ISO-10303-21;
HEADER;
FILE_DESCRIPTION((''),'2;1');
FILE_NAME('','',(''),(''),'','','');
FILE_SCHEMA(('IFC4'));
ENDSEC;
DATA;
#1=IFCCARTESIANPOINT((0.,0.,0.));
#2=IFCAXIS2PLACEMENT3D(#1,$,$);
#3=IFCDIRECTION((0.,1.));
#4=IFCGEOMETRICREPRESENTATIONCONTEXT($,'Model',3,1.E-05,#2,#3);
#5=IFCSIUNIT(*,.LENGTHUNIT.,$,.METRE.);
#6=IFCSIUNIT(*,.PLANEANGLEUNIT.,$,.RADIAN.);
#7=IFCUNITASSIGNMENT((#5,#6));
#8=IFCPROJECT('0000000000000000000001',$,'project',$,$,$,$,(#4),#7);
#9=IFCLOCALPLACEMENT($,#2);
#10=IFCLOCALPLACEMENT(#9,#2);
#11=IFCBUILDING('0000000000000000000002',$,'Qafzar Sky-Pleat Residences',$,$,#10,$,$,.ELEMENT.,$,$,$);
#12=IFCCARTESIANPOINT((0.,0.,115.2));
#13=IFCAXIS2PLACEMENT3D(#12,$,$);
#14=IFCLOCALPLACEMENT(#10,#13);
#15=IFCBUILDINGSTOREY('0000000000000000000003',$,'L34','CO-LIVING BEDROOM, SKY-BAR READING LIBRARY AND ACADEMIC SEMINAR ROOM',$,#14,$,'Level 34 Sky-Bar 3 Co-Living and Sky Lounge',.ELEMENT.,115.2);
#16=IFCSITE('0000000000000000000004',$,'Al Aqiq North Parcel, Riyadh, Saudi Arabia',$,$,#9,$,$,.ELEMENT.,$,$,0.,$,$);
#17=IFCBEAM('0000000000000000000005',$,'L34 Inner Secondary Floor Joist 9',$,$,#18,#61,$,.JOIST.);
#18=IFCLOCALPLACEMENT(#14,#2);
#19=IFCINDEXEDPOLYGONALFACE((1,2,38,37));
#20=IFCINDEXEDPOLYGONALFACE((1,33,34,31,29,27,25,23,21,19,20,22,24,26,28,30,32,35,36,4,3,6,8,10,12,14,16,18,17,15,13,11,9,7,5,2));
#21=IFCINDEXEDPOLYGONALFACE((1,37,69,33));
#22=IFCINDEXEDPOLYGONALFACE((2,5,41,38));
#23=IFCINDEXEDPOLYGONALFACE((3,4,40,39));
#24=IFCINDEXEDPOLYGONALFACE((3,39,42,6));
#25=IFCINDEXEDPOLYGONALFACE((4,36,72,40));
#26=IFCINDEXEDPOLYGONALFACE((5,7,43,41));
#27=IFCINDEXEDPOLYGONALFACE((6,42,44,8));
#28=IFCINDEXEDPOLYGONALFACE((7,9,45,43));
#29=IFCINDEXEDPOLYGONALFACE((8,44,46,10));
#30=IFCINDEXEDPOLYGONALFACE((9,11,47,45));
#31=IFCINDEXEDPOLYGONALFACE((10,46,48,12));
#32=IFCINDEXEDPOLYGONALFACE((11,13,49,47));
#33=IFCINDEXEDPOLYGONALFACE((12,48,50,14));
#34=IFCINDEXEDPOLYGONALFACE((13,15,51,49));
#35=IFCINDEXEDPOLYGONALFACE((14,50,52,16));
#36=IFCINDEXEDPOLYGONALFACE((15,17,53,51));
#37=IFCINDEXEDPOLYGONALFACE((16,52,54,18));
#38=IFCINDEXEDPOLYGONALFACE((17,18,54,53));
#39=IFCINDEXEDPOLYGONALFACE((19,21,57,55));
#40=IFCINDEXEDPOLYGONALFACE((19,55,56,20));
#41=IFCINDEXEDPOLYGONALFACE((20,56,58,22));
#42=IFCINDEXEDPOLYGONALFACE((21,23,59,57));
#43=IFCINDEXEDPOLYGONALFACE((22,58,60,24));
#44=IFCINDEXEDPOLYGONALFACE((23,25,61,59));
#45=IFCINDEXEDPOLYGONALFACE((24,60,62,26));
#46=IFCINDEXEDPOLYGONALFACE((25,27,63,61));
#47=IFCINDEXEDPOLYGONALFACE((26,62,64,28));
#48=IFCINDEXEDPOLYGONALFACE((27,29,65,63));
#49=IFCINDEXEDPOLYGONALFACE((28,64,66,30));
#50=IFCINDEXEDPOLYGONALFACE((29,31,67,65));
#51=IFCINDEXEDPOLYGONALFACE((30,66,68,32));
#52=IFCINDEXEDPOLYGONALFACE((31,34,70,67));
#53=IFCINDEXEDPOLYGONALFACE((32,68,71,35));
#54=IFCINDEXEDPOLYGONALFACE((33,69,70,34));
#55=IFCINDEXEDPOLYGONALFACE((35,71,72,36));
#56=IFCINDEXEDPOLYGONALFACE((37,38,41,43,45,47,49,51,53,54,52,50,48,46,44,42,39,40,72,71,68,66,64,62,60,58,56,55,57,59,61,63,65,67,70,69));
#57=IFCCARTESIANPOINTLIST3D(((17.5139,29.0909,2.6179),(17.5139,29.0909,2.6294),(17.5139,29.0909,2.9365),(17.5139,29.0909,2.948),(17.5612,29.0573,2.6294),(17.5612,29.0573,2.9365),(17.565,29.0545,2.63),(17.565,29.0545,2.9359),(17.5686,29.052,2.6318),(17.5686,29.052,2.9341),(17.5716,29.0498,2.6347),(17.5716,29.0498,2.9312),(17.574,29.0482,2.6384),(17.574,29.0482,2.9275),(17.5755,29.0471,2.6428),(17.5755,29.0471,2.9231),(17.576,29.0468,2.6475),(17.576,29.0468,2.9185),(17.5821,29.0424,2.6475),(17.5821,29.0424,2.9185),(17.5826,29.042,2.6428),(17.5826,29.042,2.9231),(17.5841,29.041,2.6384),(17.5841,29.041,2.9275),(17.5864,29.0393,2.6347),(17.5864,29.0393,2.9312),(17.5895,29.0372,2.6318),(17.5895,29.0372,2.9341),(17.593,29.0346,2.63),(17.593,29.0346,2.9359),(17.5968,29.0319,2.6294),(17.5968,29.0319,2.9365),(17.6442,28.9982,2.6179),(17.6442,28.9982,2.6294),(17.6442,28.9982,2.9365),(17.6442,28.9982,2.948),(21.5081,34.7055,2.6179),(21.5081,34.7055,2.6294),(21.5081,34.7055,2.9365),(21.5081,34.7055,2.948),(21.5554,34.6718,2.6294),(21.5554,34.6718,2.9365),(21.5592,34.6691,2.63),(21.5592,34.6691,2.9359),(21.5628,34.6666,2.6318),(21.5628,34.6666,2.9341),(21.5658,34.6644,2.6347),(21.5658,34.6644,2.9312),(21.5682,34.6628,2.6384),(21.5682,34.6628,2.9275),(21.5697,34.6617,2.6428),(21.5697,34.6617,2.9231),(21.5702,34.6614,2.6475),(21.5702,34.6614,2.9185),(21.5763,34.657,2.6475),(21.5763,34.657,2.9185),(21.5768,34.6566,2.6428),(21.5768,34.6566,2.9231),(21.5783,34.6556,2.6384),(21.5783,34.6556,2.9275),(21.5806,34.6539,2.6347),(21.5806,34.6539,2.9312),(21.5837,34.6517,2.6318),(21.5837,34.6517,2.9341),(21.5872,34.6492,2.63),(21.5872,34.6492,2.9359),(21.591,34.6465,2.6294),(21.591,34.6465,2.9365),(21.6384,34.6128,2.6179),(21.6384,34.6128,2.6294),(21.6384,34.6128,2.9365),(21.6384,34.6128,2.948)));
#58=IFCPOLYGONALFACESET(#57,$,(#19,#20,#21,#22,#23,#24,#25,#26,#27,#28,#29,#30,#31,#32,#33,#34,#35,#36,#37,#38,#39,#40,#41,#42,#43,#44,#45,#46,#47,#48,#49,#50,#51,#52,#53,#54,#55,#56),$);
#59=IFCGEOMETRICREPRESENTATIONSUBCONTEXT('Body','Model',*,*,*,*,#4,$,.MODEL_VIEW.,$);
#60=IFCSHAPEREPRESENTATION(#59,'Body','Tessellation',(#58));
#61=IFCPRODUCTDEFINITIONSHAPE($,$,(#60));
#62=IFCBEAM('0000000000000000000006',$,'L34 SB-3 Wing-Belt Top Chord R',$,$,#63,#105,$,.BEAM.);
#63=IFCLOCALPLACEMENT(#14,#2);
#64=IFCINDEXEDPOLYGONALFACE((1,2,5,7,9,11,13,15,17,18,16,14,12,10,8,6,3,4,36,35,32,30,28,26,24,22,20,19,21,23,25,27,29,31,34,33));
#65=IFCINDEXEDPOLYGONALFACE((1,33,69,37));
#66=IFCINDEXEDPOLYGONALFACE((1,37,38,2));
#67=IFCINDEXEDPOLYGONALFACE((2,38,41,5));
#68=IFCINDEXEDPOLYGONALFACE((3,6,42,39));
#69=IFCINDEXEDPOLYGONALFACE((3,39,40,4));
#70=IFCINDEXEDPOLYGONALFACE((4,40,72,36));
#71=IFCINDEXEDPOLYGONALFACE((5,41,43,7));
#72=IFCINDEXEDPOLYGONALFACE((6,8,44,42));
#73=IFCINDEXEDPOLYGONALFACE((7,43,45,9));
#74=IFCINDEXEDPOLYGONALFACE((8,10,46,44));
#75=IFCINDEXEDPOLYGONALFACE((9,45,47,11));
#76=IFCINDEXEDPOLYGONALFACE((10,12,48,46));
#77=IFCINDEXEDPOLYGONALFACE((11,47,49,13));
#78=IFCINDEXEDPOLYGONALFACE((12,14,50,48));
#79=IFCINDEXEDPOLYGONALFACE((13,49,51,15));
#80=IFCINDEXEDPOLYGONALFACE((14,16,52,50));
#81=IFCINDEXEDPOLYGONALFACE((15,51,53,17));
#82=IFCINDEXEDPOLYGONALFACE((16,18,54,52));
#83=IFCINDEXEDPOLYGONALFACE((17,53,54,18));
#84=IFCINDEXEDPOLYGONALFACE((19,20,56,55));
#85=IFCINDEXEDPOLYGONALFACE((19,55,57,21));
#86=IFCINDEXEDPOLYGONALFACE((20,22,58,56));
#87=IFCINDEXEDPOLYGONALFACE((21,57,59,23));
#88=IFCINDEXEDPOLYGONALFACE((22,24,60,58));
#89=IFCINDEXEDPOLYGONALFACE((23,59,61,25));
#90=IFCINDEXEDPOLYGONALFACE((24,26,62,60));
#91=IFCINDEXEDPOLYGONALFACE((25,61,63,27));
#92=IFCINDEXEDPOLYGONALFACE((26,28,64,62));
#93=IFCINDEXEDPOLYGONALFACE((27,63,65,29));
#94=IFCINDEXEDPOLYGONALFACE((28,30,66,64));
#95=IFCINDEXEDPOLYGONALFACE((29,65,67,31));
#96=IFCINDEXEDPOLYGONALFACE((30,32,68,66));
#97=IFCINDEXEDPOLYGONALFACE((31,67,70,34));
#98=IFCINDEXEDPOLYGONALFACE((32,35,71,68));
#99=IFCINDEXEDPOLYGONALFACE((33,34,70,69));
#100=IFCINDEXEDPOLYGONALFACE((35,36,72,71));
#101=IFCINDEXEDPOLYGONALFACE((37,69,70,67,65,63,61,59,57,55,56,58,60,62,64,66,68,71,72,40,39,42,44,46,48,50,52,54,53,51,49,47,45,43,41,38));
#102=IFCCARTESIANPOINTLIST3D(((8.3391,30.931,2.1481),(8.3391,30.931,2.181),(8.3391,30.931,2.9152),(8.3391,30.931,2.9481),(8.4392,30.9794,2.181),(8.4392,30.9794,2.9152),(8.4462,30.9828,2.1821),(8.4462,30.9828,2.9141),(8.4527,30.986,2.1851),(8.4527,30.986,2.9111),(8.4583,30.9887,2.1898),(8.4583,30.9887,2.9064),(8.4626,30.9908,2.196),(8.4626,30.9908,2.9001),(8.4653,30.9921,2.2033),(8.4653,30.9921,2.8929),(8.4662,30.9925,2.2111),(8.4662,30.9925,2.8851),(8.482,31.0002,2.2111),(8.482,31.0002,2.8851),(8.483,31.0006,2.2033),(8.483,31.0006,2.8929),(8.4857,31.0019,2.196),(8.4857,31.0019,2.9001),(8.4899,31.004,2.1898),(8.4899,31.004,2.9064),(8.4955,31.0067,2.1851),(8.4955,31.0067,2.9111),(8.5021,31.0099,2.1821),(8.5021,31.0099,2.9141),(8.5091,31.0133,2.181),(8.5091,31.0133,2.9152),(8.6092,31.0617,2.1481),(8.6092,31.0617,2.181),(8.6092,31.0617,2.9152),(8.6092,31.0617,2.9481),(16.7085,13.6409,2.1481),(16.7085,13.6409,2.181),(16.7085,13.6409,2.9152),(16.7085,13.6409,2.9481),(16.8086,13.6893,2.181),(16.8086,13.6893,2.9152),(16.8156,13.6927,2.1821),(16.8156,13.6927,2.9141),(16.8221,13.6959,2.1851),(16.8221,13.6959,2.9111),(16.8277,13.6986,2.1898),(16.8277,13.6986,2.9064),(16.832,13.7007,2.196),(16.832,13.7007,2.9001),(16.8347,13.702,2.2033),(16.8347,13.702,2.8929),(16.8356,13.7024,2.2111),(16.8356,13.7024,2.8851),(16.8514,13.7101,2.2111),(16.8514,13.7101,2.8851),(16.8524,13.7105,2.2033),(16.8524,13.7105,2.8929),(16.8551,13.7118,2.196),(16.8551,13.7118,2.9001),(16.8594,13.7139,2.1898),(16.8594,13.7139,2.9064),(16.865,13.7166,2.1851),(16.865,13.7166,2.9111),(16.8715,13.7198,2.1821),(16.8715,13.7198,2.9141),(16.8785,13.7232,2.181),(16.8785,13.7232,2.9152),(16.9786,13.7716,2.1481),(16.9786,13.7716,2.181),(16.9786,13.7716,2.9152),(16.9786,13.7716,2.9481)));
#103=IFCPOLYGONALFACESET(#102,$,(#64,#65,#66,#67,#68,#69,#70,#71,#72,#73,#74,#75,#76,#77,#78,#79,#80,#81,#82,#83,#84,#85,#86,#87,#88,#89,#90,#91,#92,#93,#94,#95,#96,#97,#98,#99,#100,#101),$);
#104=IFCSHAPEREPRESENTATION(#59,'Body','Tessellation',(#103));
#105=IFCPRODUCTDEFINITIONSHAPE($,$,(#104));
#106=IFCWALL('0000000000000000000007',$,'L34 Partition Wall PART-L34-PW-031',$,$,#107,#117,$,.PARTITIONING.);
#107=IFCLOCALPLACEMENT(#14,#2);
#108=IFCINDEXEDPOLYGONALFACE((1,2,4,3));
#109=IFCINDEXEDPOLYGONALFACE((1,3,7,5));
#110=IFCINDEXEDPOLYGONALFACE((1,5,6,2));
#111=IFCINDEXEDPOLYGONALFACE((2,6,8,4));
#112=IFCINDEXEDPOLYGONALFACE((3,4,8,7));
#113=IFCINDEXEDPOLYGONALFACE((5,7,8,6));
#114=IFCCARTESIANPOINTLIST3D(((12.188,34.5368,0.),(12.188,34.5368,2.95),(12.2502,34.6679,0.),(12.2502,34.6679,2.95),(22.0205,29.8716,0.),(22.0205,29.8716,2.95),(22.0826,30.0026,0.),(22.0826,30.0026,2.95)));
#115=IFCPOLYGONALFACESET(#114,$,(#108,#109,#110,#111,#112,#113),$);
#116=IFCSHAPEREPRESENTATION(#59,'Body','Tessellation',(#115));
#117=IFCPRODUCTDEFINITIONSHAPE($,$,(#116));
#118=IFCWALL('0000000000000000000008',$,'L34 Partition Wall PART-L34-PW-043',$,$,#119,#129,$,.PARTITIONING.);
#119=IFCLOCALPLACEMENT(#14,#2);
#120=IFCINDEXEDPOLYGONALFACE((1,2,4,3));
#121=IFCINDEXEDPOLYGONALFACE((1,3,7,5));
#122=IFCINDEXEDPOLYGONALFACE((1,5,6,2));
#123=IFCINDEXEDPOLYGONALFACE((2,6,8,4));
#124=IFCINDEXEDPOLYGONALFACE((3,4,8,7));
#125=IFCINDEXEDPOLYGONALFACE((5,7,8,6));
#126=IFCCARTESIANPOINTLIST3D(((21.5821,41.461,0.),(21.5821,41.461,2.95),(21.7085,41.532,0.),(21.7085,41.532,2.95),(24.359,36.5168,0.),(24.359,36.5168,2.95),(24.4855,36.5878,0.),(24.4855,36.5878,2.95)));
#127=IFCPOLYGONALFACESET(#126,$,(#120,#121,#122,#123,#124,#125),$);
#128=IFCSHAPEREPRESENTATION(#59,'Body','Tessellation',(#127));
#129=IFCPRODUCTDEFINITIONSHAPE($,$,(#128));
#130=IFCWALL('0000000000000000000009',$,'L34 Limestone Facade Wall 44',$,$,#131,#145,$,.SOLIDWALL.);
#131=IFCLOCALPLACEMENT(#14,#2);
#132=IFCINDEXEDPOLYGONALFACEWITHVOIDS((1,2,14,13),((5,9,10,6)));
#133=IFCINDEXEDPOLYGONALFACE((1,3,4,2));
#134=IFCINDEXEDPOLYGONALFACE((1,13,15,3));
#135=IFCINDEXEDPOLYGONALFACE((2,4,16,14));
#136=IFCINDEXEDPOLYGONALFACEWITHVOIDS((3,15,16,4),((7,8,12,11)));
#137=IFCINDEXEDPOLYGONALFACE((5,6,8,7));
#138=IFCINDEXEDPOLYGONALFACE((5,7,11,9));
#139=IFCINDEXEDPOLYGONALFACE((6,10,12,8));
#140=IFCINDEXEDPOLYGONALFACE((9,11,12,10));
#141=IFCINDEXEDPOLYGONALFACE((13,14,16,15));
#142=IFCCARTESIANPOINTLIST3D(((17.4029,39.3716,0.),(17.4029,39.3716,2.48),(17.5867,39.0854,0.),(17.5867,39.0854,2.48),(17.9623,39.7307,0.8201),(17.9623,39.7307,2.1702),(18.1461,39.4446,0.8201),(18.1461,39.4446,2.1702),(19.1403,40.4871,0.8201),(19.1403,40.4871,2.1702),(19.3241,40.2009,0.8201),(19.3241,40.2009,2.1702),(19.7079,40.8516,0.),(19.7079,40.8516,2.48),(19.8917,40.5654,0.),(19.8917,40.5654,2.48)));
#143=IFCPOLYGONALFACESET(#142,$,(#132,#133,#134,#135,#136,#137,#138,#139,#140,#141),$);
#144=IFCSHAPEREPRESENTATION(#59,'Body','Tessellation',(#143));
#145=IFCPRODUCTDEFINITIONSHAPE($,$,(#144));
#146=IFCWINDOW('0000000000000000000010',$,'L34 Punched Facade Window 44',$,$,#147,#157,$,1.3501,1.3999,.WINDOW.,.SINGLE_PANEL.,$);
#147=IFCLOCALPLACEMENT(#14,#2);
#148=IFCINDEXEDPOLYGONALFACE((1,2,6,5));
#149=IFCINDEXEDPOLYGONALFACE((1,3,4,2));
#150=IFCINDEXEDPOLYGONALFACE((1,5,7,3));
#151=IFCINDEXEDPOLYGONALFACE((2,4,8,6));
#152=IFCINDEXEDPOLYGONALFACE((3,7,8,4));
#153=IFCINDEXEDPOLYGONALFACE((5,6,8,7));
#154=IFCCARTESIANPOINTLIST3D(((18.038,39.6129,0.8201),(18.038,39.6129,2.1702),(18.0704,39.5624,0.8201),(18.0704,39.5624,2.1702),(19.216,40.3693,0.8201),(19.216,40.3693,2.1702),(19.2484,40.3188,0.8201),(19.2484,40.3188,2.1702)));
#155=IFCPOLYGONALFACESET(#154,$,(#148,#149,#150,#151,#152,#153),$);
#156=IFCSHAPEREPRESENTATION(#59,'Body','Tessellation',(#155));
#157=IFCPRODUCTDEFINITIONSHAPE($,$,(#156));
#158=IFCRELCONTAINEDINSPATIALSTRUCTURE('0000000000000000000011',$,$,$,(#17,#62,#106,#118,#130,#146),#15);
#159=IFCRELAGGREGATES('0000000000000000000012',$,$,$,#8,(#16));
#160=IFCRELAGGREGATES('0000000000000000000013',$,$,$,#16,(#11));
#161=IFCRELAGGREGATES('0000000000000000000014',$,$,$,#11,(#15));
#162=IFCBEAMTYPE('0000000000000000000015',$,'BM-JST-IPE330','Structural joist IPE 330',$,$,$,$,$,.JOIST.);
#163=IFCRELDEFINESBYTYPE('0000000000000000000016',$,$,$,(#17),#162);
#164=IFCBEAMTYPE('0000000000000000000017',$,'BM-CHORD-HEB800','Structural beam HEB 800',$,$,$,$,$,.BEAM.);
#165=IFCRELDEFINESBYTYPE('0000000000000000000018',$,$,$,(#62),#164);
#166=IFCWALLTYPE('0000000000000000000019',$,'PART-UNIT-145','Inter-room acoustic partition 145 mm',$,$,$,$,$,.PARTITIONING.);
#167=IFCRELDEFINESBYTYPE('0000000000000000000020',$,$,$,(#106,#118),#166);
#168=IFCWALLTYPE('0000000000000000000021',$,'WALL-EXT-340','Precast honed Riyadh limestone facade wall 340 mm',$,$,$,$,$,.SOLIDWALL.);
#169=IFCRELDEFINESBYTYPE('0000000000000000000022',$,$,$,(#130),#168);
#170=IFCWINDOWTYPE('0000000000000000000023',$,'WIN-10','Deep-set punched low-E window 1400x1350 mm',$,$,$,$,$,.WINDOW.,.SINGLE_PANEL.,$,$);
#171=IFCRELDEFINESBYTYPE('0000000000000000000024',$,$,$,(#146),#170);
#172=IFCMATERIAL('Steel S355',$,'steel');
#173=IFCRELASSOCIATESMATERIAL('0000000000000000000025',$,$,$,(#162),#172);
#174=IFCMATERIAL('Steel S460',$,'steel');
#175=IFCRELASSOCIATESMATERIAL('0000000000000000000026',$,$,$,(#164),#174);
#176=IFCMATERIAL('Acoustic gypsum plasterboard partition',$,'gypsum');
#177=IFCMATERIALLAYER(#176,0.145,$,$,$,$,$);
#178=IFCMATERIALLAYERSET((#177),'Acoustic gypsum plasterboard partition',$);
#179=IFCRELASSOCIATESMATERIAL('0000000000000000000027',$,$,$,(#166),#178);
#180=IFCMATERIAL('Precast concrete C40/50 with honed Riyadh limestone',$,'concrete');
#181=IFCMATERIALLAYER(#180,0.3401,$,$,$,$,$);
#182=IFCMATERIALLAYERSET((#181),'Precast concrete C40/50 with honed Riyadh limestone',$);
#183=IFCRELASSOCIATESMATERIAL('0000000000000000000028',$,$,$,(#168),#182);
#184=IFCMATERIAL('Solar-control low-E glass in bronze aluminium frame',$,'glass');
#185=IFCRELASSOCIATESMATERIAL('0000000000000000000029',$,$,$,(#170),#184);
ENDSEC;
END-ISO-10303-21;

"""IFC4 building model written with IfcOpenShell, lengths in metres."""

from ifc_helpers import new_model, si_unit, direction, frame, frame_2d, origin, origin_2d, place, context, subcontext, project, spatial, rectangle, i_section, extrude, source, transform, mapped, material, layer, layer_set, material_profile, profile_set, type_object, element, fill, save


model = new_model("IFC4")

# Units and contexts
model_context = context("Model", 3, precision=1e-05, world=origin(), true_north=direction((0.0, 1.0)))
body_context = subcontext(model_context, "Body", "Model", "MODEL_VIEW")
ifc_project = project(units=[si_unit("LENGTHUNIT", "METRE"), si_unit("PLANEANGLEUNIT", "RADIAN")], contexts=[model_context])

# Site, building, storey
site_placement = place(None, origin())
site = spatial("IfcSite", under=ifc_project, at=site_placement, Name="Al Aqiq North Parcel, Riyadh, Saudi Arabia", CompositionType="ELEMENT", RefElevation=0.0)
building_placement = place(site_placement, origin())
building = spatial("IfcBuilding", under=site, at=building_placement, Name="Qafzar Sky-Pleat Residences", CompositionType="ELEMENT")
storey_placement = place(building_placement, frame((0.0, 0.0, 115.2)))
storey = spatial("IfcBuildingStorey", under=building, at=storey_placement, Name="L34", Description="CO-LIVING BEDROOM, SKY-BAR READING LIBRARY AND ACADEMIC SEMINAR ROOM", LongName="Level 34 Sky-Bar 3 Co-Living and Sky Lounge", CompositionType="ELEMENT", Elevation=115.2)

# Shared definitions
ifc_material_1 = material(Name="Steel S460", Category="steel")

# Beams
ifc_material_2 = material(Name="Steel S355", Category="steel")
ifc_material_profile_1 = material_profile(ifc_material_2, i_section(OverallWidth=0.1599, OverallDepth=0.3301, WebThickness=0.0076, FlangeThickness=0.0115, FilletRadius=0.0181, at=origin_2d()), Name="IPE 330")
ifc_profile_set_1 = profile_set([ifc_material_profile_1], Name="Steel S355")
beam_type_1 = type_object("IfcBeamType", Name="BM-JST-IPE330", Description="Structural joist IPE 330", PredefinedType="JOIST", material=ifc_profile_set_1)
shared_shape_1 = source(origin(), body_context, "Body", "SweptSolid", [
    extrude(i_section(OverallWidth=0.1599, OverallDepth=0.3301, WebThickness=0.0076, FlangeThickness=0.0115, FilletRadius=0.0181, at=origin_2d()), origin(), (0.0, 0.0, 1.0), 6.8904),
])
beam_1_placement = place(storey_placement, frame((21.5732, 34.6592, 2.783), z_axis=(-0.579679, -0.814845, 0.0), x_axis=(0.814845, -0.579679, 0.0)))
element("IfcBeam", 1, at=beam_1_placement, inside=storey, type_object=beam_type_1, Name="L34 Inner Secondary Floor Joist 9", PredefinedType="JOIST", context=body_context, shape_type="MappedRepresentation", body=[
    mapped(shared_shape_1, transform((0.0, 0.0, 0.0), x_axis=(1.0, 0.0, 0.0), y_axis=(0.0, 1.0, 0.0), z_axis=(0.0, 0.0, 1.0), scale=1.0)),
])
ifc_material_profile_2 = material_profile(ifc_material_1, i_section(OverallWidth=0.3, OverallDepth=0.8, WebThickness=0.0176, FlangeThickness=0.033, FilletRadius=0.03, at=origin_2d()), Name="HEB 800")
ifc_profile_set_2 = profile_set([ifc_material_profile_2], Name="Steel S460")
beam_type_2 = type_object("IfcBeamType", Name="BM-CHORD-HEB800", Description="Structural beam HEB 800", PredefinedType="BEAM", material=ifc_profile_set_2)
shared_shape_2 = source(origin(), body_context, "Body", "SweptSolid", [
    extrude(i_section(OverallWidth=0.3, OverallDepth=0.8, WebThickness=0.0176, FlangeThickness=0.033, FilletRadius=0.03, at=origin_2d()), origin(), (0.0, 0.0, 1.0), 19.2092),
])
beam_2_placement = place(storey_placement, frame((8.4741, 30.9963, 2.5481), z_axis=(0.435697, -0.900093, 0.0), x_axis=(0.900093, 0.435697, 0.0)))
element("IfcBeam", 2, at=beam_2_placement, inside=storey, type_object=beam_type_2, Name="L34 SB-3 Wing-Belt Top Chord R", PredefinedType="BEAM", context=body_context, shape_type="MappedRepresentation", body=[
    mapped(shared_shape_2, transform((0.0, 0.0, 0.0), x_axis=(1.0, 0.0, 0.0), y_axis=(0.0, 1.0, 0.0), z_axis=(0.0, 0.0, 1.0), scale=1.0)),
])

# Walls
ifc_material_3 = material(Name="Acoustic gypsum plasterboard partition", Category="gypsum")
ifc_layer_1 = layer(ifc_material_3, 0.145)
ifc_layer_set_1 = layer_set([ifc_layer_1], Name="Acoustic gypsum plasterboard partition")
wall_type_1 = type_object("IfcWallType", Name="PART-UNIT-145", Description="Inter-room acoustic partition 145 mm", PredefinedType="PARTITIONING", material=ifc_layer_set_1)
wall_1_placement = place(storey_placement, frame((12.2192, 34.6023, 0.0), z_axis=(0.0, 0.0, 1.0), x_axis=(0.903461, -0.42867, 0.0)))
element("IfcWall", 3, at=wall_1_placement, inside=storey, type_object=wall_type_1, Name="L34 Partition Wall PART-L34-PW-031", PredefinedType="PARTITIONING", context=body_context, shape_type="SweptSolid", body=[
    extrude(rectangle(XDim=10.8831, YDim=0.145, at=frame_2d((5.4414, 0.0))), origin(), (0.0, 0.0, 1.0), 2.95),
])
wall_2_placement = place(storey_placement, frame((21.6453, 41.4966, 0.0), z_axis=(0.0, 0.0, 1.0), x_axis=(0.489699, -0.871892, 0.0)))
element("IfcWall", 4, at=wall_2_placement, inside=storey, type_object=wall_type_1, Name="L34 Partition Wall PART-L34-PW-043", PredefinedType="PARTITIONING", context=body_context, shape_type="SweptSolid", body=[
    extrude(rectangle(XDim=5.6707, YDim=0.145, at=frame_2d((2.8354, 0.0))), origin(), (0.0, 0.0, 1.0), 2.95),
])

# Wall, opening, window
ifc_material_4 = material(Name="Precast concrete C40/50 with honed Riyadh limestone", Category="concrete")
ifc_layer_2 = layer(ifc_material_4, 0.3401)
ifc_layer_set_2 = layer_set([ifc_layer_2], Name="Precast concrete C40/50 with honed Riyadh limestone")
wall_type_2 = type_object("IfcWallType", Name="WALL-EXT-340", Description="Precast honed Riyadh limestone facade wall 340 mm", PredefinedType="SOLIDWALL", material=ifc_layer_set_2)
wall_3_placement = place(storey_placement, frame((19.7998, 40.7085, 0.0), z_axis=(0.0, 0.0, 1.0), x_axis=(-0.841471, -0.540303, 0.0)))
wall_3 = element("IfcWall", 5, at=wall_3_placement, inside=storey, type_object=wall_type_2, Name="L34 Limestone Facade Wall 44", PredefinedType="SOLIDWALL", context=body_context, shape_type="SweptSolid", body=[
    extrude(rectangle(XDim=2.7393, YDim=0.3401, at=frame_2d((1.3696, 0.0))), origin(), (0.0, 0.0, 1.0), 2.48),
])
opening_1_placement = place(wall_3_placement, frame((0.6746, 0.0, 0.8201)))
opening_1 = element("IfcOpeningElement", 6, at=opening_1_placement, cuts=wall_3, PredefinedType="OPENING", context=body_context, shape_type="SweptSolid", body=[
    extrude(rectangle(XDim=1.3999, YDim=1.3501, at=frame_2d((0.7, 0.675))), frame((0.0, 0.1802, 0.0), z_axis=(0.0, -1.0, 0.0), x_axis=(1.0, 0.0, 0.0)), (0.0, 0.0, 1.0), 0.3601),
])
ifc_material_5 = material(Name="Solar-control low-E glass in bronze aluminium frame", Category="glass")
window_type_1 = type_object("IfcWindowType", Name="WIN-10", Description="Deep-set punched low-E window 1400x1350 mm", PartitioningType="SINGLE_PANEL", PredefinedType="WINDOW", material=ifc_material_5)
shared_shape_3 = source(origin(), body_context, "Body", "SweptSolid", [
    extrude(rectangle(XDim=1.3999, YDim=1.3501, at=frame_2d((0.7, 0.675))), frame((0.0, 0.03, 0.0), z_axis=(0.0, -1.0, 0.0), x_axis=(1.0, 0.0, 0.0)), (0.0, 0.0, 1.0), 0.0601),
])
window_1_placement = place(opening_1_placement, origin())
window_1 = element("IfcWindow", 7, at=window_1_placement, inside=storey, type_object=window_type_1, Name="L34 Punched Facade Window 44", OverallHeight=1.3501, OverallWidth=1.3999, PartitioningType="SINGLE_PANEL", PredefinedType="WINDOW", context=body_context, shape_type="MappedRepresentation", body=[
    mapped(shared_shape_3, transform((0.0, 0.0, 0.0), x_axis=(1.0, 0.0, 0.0), y_axis=(0.0, 1.0, 0.0), z_axis=(0.0, 0.0, 1.0), scale=1.0)),
])
fill(opening_1, window_1)

save(model, "model.ifc")
